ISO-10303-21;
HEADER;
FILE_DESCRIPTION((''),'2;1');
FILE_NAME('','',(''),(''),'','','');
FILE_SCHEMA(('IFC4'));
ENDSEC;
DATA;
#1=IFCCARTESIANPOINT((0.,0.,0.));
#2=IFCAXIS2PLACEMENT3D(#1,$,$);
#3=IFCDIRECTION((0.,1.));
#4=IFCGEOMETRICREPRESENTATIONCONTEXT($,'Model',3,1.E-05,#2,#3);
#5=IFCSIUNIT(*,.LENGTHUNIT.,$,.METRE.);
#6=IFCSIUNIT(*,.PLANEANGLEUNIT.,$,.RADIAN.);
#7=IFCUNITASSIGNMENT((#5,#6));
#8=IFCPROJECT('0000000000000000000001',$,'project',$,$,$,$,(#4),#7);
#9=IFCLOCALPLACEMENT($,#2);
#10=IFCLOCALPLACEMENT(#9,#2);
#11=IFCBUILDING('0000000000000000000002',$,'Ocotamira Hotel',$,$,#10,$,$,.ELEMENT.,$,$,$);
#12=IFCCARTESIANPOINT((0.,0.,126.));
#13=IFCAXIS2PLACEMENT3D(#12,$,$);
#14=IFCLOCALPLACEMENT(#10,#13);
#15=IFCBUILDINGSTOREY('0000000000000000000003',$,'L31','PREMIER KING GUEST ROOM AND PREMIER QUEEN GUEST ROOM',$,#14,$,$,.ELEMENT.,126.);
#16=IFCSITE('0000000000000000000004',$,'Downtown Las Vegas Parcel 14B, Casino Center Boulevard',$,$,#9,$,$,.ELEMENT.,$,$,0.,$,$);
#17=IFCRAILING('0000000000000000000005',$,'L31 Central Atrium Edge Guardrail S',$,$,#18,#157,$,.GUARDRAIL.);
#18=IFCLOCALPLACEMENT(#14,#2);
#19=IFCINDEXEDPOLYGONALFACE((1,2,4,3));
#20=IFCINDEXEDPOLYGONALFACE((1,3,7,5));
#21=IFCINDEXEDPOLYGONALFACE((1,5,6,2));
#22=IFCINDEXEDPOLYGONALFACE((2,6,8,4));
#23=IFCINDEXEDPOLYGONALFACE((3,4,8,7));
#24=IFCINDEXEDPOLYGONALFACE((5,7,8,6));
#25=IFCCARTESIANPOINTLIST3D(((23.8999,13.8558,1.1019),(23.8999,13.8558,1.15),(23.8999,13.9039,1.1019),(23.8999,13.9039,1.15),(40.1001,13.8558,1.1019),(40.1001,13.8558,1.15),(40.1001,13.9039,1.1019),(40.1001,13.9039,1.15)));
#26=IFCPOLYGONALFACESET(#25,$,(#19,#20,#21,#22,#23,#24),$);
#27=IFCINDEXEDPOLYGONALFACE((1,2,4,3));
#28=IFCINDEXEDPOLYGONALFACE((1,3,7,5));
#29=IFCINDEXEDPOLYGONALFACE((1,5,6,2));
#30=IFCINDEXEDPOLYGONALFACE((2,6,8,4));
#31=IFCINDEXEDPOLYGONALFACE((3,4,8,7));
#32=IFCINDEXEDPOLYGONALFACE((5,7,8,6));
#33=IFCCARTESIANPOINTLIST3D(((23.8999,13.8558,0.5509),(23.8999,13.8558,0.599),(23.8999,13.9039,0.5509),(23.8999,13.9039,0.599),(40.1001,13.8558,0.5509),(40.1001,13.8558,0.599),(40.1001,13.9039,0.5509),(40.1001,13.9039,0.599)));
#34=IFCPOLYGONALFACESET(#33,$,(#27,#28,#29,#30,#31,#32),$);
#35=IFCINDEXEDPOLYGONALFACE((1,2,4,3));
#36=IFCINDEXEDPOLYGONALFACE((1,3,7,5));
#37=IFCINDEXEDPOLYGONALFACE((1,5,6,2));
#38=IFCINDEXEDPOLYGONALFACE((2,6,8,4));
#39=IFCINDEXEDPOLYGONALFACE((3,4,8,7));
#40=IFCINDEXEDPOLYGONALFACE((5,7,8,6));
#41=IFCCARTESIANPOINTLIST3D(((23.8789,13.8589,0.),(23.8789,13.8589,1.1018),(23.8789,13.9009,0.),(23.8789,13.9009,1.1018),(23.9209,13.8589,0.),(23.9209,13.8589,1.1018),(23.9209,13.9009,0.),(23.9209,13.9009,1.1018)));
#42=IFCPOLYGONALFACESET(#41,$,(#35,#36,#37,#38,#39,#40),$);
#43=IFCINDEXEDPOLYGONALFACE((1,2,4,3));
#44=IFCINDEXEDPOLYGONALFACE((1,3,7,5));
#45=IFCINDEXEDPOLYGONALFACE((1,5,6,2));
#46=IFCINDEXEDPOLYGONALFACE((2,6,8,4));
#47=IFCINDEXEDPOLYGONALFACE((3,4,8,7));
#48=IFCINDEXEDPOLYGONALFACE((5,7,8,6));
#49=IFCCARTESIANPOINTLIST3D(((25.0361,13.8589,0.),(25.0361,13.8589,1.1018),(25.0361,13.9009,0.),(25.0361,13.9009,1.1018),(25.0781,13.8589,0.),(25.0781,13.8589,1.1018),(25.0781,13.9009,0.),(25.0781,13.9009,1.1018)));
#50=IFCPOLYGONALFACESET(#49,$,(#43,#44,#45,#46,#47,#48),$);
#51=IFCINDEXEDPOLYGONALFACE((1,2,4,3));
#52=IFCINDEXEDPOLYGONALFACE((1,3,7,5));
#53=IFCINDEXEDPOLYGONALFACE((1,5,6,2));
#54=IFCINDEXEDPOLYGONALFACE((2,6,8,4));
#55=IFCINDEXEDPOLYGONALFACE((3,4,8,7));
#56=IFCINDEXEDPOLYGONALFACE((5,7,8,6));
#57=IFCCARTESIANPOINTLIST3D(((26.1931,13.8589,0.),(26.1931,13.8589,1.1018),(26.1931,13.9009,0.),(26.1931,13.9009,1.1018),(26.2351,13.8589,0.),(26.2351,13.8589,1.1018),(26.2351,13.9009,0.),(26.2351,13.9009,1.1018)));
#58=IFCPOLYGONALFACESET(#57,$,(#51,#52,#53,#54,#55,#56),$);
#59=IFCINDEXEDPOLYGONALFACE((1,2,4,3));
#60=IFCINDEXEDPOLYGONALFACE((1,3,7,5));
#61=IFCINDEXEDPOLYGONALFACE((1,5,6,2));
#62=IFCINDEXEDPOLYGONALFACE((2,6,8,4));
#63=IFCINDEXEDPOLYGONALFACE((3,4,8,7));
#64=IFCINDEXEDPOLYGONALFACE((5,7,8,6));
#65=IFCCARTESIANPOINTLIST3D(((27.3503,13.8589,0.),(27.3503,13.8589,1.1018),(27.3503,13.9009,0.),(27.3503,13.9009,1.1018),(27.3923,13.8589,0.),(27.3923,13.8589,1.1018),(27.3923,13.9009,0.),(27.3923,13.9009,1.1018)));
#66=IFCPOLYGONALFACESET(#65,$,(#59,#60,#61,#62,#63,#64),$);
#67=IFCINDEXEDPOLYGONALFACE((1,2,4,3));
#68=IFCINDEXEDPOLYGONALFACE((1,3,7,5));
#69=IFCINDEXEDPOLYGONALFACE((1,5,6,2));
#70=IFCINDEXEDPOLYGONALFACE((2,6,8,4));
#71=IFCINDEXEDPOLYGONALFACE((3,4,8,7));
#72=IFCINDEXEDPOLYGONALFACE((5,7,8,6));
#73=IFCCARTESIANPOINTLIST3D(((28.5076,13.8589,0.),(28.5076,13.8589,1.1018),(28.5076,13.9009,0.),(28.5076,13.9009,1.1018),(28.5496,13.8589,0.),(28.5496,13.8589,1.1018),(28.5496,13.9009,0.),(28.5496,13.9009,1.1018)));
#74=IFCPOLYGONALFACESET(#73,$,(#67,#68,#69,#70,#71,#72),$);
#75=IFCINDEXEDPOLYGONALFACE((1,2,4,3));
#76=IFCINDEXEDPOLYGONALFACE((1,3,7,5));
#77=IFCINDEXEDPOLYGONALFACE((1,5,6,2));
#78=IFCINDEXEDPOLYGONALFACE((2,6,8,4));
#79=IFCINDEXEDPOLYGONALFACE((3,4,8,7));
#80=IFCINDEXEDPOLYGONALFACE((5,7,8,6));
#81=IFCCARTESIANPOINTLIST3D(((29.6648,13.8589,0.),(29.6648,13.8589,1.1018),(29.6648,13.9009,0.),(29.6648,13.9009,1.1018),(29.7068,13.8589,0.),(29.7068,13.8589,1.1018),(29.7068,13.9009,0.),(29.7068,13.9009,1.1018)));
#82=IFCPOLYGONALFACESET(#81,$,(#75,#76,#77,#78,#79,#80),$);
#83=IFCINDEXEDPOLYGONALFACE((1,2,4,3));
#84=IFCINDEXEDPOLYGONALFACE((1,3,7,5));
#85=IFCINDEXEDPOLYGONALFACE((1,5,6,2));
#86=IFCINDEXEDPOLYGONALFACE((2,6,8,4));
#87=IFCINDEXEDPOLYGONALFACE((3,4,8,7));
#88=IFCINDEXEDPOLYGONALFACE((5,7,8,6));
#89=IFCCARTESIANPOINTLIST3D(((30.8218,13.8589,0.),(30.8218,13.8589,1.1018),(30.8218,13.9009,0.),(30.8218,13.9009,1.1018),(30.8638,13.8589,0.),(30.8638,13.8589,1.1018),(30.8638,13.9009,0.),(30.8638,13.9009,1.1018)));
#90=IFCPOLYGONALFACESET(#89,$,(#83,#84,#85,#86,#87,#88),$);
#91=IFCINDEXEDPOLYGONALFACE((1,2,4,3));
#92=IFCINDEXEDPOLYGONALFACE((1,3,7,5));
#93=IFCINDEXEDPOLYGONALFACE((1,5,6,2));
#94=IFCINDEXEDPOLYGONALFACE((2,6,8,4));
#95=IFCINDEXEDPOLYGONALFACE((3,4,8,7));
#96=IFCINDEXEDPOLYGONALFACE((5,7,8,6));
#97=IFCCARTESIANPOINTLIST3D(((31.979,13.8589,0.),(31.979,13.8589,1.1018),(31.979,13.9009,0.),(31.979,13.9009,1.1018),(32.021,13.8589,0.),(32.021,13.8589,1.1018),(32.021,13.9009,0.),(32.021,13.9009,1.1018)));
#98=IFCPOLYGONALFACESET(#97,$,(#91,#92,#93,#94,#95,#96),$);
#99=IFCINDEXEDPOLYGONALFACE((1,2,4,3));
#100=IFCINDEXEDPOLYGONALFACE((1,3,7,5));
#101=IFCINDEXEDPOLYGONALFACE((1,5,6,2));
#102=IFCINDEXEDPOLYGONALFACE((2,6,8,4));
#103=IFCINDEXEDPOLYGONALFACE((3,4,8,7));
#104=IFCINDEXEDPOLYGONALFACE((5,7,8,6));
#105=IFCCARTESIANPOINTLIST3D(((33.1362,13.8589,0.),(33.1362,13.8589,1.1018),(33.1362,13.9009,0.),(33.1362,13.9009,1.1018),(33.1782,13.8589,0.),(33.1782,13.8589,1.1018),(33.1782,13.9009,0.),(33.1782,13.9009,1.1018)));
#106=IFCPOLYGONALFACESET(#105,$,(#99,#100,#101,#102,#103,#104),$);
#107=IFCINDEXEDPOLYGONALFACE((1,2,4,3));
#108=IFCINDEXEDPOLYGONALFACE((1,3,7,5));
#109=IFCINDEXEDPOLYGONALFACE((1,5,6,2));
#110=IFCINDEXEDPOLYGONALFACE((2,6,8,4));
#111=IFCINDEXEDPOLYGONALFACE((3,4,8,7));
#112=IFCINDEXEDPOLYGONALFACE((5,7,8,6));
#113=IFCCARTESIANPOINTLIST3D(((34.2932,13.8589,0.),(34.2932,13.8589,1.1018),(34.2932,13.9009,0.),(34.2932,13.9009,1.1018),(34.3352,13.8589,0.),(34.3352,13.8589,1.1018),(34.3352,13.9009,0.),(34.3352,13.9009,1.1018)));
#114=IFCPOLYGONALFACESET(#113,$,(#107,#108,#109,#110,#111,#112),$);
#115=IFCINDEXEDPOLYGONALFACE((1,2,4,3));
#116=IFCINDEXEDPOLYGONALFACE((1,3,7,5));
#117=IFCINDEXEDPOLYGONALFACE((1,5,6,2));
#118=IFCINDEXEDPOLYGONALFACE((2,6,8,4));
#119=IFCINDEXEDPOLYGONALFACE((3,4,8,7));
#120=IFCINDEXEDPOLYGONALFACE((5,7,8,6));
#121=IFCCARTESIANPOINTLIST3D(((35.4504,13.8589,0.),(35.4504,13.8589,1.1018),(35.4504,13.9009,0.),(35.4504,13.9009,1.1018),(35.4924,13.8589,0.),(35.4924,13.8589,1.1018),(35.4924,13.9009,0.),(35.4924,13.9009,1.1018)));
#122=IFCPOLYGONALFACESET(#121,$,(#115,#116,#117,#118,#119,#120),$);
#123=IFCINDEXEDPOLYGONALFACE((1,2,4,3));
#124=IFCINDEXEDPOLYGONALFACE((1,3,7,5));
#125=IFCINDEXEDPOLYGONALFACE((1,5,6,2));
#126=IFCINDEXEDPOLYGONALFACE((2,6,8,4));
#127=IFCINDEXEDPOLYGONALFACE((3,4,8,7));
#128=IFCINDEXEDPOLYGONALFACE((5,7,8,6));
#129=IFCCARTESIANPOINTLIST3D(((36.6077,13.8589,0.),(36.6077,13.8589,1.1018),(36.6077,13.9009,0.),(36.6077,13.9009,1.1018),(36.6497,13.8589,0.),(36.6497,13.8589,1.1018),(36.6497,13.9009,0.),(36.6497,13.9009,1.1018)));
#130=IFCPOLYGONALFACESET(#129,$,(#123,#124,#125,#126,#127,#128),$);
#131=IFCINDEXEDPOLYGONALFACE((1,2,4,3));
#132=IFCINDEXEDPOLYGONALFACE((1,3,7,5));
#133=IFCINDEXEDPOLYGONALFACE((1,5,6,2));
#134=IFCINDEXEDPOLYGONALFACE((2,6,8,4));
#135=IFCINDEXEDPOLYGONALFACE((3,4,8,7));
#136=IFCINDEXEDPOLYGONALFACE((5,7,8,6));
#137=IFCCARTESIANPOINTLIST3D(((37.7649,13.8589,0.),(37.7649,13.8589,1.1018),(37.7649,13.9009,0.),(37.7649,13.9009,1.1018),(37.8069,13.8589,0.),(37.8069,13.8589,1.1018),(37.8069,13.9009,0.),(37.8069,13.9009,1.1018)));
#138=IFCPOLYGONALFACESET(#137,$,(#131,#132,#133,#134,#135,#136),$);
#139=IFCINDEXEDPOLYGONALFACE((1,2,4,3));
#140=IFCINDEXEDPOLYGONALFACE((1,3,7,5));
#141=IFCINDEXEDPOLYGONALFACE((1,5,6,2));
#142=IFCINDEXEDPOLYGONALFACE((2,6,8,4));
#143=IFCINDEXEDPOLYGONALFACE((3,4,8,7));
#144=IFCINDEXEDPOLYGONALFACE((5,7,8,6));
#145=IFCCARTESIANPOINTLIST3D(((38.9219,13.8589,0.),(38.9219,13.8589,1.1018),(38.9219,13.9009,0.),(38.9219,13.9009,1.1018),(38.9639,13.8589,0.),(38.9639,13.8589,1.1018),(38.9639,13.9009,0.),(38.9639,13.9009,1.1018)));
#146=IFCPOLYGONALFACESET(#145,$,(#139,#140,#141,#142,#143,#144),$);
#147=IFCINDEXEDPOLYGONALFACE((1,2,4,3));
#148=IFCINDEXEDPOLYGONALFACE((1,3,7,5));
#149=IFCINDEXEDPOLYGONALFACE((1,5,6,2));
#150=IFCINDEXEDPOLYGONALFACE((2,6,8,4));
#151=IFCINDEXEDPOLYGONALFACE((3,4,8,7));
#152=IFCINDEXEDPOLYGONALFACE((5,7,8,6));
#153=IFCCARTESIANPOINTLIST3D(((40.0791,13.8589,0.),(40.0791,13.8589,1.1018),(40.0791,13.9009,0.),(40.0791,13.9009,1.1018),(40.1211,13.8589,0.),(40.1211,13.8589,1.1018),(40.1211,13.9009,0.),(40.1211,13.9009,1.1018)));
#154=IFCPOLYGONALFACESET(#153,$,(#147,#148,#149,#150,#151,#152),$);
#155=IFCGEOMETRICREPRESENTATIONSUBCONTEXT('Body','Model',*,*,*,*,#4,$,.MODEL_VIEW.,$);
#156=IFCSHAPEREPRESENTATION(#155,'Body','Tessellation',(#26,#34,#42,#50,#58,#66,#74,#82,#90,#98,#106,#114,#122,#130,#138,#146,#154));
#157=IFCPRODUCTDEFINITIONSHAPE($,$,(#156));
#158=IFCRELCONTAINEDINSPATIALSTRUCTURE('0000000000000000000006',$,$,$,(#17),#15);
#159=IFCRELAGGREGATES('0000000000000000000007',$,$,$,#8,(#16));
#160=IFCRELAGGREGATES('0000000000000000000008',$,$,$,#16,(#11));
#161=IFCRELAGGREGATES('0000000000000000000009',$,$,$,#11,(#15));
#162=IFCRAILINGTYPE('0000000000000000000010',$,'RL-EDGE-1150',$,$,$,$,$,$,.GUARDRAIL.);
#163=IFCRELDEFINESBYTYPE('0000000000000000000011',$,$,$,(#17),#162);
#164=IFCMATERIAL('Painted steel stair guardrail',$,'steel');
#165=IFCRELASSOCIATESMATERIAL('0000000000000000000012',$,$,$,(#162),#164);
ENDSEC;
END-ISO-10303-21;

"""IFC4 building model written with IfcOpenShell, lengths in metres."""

from ifc_helpers import new_model, si_unit, direction, frame, origin, origin_2d, place, context, subcontext, project, spatial, rectangle, extrude, material, type_object, element, save


model = new_model("IFC4")

# Units and contexts
model_context = context("Model", 3, precision=1e-05, world=origin(), true_north=direction((0.0, 1.0)))
body_context = subcontext(model_context, "Body", "Model", "MODEL_VIEW")
ifc_project = project(units=[si_unit("LENGTHUNIT", "METRE"), si_unit("PLANEANGLEUNIT", "RADIAN")], contexts=[model_context])

# Site, building, storey
site_placement = place(None, origin())
site = spatial("IfcSite", under=ifc_project, at=site_placement, Name="Downtown Las Vegas Parcel 14B, Casino Center Boulevard", CompositionType="ELEMENT", RefElevation=0.0)
building_placement = place(site_placement, origin())
building = spatial("IfcBuilding", under=site, at=building_placement, Name="Ocotamira Hotel", CompositionType="ELEMENT")
storey_placement = place(building_placement, frame((0.0, 0.0, 126.0)))
storey = spatial("IfcBuildingStorey", under=building, at=storey_placement, Name="L31", Description="PREMIER KING GUEST ROOM AND PREMIER QUEEN GUEST ROOM", CompositionType="ELEMENT", Elevation=126.0)

# Railing
ifc_material_1 = material(Name="Painted steel stair guardrail", Category="steel")
railing_type = type_object("IfcRailingType", Name="RL-EDGE-1150", PredefinedType="GUARDRAIL", material=ifc_material_1)
railing_placement = place(storey_placement, frame((23.8999, 13.8799, 0.0)))
element("IfcRailing", 1, at=railing_placement, inside=storey, type_object=railing_type, Name="L31 Central Atrium Edge Guardrail S", PredefinedType="GUARDRAIL", context=body_context, shape_type="SweptSolid", body=[
    extrude(rectangle(XDim=0.0481, YDim=0.0481, at=origin_2d()), frame((0.0, 0.0, 1.126), z_axis=(1.0, 0.0, 0.0), x_axis=(0.0, 1.0, 0.0)), (0.0, 0.0, 1.0), 16.2002),
    extrude(rectangle(XDim=0.0481, YDim=0.0481, at=origin_2d()), frame((0.0, 0.0, 0.575), z_axis=(1.0, 0.0, 0.0), x_axis=(0.0, 1.0, 0.0)), (0.0, 0.0, 1.0), 16.2002),
    extrude(rectangle(XDim=0.042, YDim=0.042, at=origin_2d()), origin(), (0.0, 0.0, 1.0), 1.1018),
    extrude(rectangle(XDim=0.042, YDim=0.042, at=origin_2d()), frame((1.1572, 0.0, 0.0)), (0.0, 0.0, 1.0), 1.1018),
    extrude(rectangle(XDim=0.042, YDim=0.042, at=origin_2d()), frame((2.3142, 0.0, 0.0)), (0.0, 0.0, 1.0), 1.1018),
    extrude(rectangle(XDim=0.042, YDim=0.042, at=origin_2d()), frame((3.4714, 0.0, 0.0)), (0.0, 0.0, 1.0), 1.1018),
    extrude(rectangle(XDim=0.042, YDim=0.042, at=origin_2d()), frame((4.6287, 0.0, 0.0)), (0.0, 0.0, 1.0), 1.1018),
    extrude(rectangle(XDim=0.042, YDim=0.042, at=origin_2d()), frame((5.7859, 0.0, 0.0)), (0.0, 0.0, 1.0), 1.1018),
    extrude(rectangle(XDim=0.042, YDim=0.042, at=origin_2d()), frame((6.9429, 0.0, 0.0)), (0.0, 0.0, 1.0), 1.1018),
    extrude(rectangle(XDim=0.042, YDim=0.042, at=origin_2d()), frame((8.1001, 0.0, 0.0)), (0.0, 0.0, 1.0), 1.1018),
    extrude(rectangle(XDim=0.042, YDim=0.042, at=origin_2d()), frame((9.2573, 0.0, 0.0)), (0.0, 0.0, 1.0), 1.1018),
    extrude(rectangle(XDim=0.042, YDim=0.042, at=origin_2d()), frame((10.4143, 0.0, 0.0)), (0.0, 0.0, 1.0), 1.1018),
    extrude(rectangle(XDim=0.042, YDim=0.042, at=origin_2d()), frame((11.5715, 0.0, 0.0)), (0.0, 0.0, 1.0), 1.1018),
    extrude(rectangle(XDim=0.042, YDim=0.042, at=origin_2d()), frame((12.7288, 0.0, 0.0)), (0.0, 0.0, 1.0), 1.1018),
    extrude(rectangle(XDim=0.042, YDim=0.042, at=origin_2d()), frame((13.886, 0.0, 0.0)), (0.0, 0.0, 1.0), 1.1018),
    extrude(rectangle(XDim=0.042, YDim=0.042, at=origin_2d()), frame((15.043, 0.0, 0.0)), (0.0, 0.0, 1.0), 1.1018),
    extrude(rectangle(XDim=0.042, YDim=0.042, at=origin_2d()), frame((16.2002, 0.0, 0.0)), (0.0, 0.0, 1.0), 1.1018),
])

save(model, "model.ifc")
